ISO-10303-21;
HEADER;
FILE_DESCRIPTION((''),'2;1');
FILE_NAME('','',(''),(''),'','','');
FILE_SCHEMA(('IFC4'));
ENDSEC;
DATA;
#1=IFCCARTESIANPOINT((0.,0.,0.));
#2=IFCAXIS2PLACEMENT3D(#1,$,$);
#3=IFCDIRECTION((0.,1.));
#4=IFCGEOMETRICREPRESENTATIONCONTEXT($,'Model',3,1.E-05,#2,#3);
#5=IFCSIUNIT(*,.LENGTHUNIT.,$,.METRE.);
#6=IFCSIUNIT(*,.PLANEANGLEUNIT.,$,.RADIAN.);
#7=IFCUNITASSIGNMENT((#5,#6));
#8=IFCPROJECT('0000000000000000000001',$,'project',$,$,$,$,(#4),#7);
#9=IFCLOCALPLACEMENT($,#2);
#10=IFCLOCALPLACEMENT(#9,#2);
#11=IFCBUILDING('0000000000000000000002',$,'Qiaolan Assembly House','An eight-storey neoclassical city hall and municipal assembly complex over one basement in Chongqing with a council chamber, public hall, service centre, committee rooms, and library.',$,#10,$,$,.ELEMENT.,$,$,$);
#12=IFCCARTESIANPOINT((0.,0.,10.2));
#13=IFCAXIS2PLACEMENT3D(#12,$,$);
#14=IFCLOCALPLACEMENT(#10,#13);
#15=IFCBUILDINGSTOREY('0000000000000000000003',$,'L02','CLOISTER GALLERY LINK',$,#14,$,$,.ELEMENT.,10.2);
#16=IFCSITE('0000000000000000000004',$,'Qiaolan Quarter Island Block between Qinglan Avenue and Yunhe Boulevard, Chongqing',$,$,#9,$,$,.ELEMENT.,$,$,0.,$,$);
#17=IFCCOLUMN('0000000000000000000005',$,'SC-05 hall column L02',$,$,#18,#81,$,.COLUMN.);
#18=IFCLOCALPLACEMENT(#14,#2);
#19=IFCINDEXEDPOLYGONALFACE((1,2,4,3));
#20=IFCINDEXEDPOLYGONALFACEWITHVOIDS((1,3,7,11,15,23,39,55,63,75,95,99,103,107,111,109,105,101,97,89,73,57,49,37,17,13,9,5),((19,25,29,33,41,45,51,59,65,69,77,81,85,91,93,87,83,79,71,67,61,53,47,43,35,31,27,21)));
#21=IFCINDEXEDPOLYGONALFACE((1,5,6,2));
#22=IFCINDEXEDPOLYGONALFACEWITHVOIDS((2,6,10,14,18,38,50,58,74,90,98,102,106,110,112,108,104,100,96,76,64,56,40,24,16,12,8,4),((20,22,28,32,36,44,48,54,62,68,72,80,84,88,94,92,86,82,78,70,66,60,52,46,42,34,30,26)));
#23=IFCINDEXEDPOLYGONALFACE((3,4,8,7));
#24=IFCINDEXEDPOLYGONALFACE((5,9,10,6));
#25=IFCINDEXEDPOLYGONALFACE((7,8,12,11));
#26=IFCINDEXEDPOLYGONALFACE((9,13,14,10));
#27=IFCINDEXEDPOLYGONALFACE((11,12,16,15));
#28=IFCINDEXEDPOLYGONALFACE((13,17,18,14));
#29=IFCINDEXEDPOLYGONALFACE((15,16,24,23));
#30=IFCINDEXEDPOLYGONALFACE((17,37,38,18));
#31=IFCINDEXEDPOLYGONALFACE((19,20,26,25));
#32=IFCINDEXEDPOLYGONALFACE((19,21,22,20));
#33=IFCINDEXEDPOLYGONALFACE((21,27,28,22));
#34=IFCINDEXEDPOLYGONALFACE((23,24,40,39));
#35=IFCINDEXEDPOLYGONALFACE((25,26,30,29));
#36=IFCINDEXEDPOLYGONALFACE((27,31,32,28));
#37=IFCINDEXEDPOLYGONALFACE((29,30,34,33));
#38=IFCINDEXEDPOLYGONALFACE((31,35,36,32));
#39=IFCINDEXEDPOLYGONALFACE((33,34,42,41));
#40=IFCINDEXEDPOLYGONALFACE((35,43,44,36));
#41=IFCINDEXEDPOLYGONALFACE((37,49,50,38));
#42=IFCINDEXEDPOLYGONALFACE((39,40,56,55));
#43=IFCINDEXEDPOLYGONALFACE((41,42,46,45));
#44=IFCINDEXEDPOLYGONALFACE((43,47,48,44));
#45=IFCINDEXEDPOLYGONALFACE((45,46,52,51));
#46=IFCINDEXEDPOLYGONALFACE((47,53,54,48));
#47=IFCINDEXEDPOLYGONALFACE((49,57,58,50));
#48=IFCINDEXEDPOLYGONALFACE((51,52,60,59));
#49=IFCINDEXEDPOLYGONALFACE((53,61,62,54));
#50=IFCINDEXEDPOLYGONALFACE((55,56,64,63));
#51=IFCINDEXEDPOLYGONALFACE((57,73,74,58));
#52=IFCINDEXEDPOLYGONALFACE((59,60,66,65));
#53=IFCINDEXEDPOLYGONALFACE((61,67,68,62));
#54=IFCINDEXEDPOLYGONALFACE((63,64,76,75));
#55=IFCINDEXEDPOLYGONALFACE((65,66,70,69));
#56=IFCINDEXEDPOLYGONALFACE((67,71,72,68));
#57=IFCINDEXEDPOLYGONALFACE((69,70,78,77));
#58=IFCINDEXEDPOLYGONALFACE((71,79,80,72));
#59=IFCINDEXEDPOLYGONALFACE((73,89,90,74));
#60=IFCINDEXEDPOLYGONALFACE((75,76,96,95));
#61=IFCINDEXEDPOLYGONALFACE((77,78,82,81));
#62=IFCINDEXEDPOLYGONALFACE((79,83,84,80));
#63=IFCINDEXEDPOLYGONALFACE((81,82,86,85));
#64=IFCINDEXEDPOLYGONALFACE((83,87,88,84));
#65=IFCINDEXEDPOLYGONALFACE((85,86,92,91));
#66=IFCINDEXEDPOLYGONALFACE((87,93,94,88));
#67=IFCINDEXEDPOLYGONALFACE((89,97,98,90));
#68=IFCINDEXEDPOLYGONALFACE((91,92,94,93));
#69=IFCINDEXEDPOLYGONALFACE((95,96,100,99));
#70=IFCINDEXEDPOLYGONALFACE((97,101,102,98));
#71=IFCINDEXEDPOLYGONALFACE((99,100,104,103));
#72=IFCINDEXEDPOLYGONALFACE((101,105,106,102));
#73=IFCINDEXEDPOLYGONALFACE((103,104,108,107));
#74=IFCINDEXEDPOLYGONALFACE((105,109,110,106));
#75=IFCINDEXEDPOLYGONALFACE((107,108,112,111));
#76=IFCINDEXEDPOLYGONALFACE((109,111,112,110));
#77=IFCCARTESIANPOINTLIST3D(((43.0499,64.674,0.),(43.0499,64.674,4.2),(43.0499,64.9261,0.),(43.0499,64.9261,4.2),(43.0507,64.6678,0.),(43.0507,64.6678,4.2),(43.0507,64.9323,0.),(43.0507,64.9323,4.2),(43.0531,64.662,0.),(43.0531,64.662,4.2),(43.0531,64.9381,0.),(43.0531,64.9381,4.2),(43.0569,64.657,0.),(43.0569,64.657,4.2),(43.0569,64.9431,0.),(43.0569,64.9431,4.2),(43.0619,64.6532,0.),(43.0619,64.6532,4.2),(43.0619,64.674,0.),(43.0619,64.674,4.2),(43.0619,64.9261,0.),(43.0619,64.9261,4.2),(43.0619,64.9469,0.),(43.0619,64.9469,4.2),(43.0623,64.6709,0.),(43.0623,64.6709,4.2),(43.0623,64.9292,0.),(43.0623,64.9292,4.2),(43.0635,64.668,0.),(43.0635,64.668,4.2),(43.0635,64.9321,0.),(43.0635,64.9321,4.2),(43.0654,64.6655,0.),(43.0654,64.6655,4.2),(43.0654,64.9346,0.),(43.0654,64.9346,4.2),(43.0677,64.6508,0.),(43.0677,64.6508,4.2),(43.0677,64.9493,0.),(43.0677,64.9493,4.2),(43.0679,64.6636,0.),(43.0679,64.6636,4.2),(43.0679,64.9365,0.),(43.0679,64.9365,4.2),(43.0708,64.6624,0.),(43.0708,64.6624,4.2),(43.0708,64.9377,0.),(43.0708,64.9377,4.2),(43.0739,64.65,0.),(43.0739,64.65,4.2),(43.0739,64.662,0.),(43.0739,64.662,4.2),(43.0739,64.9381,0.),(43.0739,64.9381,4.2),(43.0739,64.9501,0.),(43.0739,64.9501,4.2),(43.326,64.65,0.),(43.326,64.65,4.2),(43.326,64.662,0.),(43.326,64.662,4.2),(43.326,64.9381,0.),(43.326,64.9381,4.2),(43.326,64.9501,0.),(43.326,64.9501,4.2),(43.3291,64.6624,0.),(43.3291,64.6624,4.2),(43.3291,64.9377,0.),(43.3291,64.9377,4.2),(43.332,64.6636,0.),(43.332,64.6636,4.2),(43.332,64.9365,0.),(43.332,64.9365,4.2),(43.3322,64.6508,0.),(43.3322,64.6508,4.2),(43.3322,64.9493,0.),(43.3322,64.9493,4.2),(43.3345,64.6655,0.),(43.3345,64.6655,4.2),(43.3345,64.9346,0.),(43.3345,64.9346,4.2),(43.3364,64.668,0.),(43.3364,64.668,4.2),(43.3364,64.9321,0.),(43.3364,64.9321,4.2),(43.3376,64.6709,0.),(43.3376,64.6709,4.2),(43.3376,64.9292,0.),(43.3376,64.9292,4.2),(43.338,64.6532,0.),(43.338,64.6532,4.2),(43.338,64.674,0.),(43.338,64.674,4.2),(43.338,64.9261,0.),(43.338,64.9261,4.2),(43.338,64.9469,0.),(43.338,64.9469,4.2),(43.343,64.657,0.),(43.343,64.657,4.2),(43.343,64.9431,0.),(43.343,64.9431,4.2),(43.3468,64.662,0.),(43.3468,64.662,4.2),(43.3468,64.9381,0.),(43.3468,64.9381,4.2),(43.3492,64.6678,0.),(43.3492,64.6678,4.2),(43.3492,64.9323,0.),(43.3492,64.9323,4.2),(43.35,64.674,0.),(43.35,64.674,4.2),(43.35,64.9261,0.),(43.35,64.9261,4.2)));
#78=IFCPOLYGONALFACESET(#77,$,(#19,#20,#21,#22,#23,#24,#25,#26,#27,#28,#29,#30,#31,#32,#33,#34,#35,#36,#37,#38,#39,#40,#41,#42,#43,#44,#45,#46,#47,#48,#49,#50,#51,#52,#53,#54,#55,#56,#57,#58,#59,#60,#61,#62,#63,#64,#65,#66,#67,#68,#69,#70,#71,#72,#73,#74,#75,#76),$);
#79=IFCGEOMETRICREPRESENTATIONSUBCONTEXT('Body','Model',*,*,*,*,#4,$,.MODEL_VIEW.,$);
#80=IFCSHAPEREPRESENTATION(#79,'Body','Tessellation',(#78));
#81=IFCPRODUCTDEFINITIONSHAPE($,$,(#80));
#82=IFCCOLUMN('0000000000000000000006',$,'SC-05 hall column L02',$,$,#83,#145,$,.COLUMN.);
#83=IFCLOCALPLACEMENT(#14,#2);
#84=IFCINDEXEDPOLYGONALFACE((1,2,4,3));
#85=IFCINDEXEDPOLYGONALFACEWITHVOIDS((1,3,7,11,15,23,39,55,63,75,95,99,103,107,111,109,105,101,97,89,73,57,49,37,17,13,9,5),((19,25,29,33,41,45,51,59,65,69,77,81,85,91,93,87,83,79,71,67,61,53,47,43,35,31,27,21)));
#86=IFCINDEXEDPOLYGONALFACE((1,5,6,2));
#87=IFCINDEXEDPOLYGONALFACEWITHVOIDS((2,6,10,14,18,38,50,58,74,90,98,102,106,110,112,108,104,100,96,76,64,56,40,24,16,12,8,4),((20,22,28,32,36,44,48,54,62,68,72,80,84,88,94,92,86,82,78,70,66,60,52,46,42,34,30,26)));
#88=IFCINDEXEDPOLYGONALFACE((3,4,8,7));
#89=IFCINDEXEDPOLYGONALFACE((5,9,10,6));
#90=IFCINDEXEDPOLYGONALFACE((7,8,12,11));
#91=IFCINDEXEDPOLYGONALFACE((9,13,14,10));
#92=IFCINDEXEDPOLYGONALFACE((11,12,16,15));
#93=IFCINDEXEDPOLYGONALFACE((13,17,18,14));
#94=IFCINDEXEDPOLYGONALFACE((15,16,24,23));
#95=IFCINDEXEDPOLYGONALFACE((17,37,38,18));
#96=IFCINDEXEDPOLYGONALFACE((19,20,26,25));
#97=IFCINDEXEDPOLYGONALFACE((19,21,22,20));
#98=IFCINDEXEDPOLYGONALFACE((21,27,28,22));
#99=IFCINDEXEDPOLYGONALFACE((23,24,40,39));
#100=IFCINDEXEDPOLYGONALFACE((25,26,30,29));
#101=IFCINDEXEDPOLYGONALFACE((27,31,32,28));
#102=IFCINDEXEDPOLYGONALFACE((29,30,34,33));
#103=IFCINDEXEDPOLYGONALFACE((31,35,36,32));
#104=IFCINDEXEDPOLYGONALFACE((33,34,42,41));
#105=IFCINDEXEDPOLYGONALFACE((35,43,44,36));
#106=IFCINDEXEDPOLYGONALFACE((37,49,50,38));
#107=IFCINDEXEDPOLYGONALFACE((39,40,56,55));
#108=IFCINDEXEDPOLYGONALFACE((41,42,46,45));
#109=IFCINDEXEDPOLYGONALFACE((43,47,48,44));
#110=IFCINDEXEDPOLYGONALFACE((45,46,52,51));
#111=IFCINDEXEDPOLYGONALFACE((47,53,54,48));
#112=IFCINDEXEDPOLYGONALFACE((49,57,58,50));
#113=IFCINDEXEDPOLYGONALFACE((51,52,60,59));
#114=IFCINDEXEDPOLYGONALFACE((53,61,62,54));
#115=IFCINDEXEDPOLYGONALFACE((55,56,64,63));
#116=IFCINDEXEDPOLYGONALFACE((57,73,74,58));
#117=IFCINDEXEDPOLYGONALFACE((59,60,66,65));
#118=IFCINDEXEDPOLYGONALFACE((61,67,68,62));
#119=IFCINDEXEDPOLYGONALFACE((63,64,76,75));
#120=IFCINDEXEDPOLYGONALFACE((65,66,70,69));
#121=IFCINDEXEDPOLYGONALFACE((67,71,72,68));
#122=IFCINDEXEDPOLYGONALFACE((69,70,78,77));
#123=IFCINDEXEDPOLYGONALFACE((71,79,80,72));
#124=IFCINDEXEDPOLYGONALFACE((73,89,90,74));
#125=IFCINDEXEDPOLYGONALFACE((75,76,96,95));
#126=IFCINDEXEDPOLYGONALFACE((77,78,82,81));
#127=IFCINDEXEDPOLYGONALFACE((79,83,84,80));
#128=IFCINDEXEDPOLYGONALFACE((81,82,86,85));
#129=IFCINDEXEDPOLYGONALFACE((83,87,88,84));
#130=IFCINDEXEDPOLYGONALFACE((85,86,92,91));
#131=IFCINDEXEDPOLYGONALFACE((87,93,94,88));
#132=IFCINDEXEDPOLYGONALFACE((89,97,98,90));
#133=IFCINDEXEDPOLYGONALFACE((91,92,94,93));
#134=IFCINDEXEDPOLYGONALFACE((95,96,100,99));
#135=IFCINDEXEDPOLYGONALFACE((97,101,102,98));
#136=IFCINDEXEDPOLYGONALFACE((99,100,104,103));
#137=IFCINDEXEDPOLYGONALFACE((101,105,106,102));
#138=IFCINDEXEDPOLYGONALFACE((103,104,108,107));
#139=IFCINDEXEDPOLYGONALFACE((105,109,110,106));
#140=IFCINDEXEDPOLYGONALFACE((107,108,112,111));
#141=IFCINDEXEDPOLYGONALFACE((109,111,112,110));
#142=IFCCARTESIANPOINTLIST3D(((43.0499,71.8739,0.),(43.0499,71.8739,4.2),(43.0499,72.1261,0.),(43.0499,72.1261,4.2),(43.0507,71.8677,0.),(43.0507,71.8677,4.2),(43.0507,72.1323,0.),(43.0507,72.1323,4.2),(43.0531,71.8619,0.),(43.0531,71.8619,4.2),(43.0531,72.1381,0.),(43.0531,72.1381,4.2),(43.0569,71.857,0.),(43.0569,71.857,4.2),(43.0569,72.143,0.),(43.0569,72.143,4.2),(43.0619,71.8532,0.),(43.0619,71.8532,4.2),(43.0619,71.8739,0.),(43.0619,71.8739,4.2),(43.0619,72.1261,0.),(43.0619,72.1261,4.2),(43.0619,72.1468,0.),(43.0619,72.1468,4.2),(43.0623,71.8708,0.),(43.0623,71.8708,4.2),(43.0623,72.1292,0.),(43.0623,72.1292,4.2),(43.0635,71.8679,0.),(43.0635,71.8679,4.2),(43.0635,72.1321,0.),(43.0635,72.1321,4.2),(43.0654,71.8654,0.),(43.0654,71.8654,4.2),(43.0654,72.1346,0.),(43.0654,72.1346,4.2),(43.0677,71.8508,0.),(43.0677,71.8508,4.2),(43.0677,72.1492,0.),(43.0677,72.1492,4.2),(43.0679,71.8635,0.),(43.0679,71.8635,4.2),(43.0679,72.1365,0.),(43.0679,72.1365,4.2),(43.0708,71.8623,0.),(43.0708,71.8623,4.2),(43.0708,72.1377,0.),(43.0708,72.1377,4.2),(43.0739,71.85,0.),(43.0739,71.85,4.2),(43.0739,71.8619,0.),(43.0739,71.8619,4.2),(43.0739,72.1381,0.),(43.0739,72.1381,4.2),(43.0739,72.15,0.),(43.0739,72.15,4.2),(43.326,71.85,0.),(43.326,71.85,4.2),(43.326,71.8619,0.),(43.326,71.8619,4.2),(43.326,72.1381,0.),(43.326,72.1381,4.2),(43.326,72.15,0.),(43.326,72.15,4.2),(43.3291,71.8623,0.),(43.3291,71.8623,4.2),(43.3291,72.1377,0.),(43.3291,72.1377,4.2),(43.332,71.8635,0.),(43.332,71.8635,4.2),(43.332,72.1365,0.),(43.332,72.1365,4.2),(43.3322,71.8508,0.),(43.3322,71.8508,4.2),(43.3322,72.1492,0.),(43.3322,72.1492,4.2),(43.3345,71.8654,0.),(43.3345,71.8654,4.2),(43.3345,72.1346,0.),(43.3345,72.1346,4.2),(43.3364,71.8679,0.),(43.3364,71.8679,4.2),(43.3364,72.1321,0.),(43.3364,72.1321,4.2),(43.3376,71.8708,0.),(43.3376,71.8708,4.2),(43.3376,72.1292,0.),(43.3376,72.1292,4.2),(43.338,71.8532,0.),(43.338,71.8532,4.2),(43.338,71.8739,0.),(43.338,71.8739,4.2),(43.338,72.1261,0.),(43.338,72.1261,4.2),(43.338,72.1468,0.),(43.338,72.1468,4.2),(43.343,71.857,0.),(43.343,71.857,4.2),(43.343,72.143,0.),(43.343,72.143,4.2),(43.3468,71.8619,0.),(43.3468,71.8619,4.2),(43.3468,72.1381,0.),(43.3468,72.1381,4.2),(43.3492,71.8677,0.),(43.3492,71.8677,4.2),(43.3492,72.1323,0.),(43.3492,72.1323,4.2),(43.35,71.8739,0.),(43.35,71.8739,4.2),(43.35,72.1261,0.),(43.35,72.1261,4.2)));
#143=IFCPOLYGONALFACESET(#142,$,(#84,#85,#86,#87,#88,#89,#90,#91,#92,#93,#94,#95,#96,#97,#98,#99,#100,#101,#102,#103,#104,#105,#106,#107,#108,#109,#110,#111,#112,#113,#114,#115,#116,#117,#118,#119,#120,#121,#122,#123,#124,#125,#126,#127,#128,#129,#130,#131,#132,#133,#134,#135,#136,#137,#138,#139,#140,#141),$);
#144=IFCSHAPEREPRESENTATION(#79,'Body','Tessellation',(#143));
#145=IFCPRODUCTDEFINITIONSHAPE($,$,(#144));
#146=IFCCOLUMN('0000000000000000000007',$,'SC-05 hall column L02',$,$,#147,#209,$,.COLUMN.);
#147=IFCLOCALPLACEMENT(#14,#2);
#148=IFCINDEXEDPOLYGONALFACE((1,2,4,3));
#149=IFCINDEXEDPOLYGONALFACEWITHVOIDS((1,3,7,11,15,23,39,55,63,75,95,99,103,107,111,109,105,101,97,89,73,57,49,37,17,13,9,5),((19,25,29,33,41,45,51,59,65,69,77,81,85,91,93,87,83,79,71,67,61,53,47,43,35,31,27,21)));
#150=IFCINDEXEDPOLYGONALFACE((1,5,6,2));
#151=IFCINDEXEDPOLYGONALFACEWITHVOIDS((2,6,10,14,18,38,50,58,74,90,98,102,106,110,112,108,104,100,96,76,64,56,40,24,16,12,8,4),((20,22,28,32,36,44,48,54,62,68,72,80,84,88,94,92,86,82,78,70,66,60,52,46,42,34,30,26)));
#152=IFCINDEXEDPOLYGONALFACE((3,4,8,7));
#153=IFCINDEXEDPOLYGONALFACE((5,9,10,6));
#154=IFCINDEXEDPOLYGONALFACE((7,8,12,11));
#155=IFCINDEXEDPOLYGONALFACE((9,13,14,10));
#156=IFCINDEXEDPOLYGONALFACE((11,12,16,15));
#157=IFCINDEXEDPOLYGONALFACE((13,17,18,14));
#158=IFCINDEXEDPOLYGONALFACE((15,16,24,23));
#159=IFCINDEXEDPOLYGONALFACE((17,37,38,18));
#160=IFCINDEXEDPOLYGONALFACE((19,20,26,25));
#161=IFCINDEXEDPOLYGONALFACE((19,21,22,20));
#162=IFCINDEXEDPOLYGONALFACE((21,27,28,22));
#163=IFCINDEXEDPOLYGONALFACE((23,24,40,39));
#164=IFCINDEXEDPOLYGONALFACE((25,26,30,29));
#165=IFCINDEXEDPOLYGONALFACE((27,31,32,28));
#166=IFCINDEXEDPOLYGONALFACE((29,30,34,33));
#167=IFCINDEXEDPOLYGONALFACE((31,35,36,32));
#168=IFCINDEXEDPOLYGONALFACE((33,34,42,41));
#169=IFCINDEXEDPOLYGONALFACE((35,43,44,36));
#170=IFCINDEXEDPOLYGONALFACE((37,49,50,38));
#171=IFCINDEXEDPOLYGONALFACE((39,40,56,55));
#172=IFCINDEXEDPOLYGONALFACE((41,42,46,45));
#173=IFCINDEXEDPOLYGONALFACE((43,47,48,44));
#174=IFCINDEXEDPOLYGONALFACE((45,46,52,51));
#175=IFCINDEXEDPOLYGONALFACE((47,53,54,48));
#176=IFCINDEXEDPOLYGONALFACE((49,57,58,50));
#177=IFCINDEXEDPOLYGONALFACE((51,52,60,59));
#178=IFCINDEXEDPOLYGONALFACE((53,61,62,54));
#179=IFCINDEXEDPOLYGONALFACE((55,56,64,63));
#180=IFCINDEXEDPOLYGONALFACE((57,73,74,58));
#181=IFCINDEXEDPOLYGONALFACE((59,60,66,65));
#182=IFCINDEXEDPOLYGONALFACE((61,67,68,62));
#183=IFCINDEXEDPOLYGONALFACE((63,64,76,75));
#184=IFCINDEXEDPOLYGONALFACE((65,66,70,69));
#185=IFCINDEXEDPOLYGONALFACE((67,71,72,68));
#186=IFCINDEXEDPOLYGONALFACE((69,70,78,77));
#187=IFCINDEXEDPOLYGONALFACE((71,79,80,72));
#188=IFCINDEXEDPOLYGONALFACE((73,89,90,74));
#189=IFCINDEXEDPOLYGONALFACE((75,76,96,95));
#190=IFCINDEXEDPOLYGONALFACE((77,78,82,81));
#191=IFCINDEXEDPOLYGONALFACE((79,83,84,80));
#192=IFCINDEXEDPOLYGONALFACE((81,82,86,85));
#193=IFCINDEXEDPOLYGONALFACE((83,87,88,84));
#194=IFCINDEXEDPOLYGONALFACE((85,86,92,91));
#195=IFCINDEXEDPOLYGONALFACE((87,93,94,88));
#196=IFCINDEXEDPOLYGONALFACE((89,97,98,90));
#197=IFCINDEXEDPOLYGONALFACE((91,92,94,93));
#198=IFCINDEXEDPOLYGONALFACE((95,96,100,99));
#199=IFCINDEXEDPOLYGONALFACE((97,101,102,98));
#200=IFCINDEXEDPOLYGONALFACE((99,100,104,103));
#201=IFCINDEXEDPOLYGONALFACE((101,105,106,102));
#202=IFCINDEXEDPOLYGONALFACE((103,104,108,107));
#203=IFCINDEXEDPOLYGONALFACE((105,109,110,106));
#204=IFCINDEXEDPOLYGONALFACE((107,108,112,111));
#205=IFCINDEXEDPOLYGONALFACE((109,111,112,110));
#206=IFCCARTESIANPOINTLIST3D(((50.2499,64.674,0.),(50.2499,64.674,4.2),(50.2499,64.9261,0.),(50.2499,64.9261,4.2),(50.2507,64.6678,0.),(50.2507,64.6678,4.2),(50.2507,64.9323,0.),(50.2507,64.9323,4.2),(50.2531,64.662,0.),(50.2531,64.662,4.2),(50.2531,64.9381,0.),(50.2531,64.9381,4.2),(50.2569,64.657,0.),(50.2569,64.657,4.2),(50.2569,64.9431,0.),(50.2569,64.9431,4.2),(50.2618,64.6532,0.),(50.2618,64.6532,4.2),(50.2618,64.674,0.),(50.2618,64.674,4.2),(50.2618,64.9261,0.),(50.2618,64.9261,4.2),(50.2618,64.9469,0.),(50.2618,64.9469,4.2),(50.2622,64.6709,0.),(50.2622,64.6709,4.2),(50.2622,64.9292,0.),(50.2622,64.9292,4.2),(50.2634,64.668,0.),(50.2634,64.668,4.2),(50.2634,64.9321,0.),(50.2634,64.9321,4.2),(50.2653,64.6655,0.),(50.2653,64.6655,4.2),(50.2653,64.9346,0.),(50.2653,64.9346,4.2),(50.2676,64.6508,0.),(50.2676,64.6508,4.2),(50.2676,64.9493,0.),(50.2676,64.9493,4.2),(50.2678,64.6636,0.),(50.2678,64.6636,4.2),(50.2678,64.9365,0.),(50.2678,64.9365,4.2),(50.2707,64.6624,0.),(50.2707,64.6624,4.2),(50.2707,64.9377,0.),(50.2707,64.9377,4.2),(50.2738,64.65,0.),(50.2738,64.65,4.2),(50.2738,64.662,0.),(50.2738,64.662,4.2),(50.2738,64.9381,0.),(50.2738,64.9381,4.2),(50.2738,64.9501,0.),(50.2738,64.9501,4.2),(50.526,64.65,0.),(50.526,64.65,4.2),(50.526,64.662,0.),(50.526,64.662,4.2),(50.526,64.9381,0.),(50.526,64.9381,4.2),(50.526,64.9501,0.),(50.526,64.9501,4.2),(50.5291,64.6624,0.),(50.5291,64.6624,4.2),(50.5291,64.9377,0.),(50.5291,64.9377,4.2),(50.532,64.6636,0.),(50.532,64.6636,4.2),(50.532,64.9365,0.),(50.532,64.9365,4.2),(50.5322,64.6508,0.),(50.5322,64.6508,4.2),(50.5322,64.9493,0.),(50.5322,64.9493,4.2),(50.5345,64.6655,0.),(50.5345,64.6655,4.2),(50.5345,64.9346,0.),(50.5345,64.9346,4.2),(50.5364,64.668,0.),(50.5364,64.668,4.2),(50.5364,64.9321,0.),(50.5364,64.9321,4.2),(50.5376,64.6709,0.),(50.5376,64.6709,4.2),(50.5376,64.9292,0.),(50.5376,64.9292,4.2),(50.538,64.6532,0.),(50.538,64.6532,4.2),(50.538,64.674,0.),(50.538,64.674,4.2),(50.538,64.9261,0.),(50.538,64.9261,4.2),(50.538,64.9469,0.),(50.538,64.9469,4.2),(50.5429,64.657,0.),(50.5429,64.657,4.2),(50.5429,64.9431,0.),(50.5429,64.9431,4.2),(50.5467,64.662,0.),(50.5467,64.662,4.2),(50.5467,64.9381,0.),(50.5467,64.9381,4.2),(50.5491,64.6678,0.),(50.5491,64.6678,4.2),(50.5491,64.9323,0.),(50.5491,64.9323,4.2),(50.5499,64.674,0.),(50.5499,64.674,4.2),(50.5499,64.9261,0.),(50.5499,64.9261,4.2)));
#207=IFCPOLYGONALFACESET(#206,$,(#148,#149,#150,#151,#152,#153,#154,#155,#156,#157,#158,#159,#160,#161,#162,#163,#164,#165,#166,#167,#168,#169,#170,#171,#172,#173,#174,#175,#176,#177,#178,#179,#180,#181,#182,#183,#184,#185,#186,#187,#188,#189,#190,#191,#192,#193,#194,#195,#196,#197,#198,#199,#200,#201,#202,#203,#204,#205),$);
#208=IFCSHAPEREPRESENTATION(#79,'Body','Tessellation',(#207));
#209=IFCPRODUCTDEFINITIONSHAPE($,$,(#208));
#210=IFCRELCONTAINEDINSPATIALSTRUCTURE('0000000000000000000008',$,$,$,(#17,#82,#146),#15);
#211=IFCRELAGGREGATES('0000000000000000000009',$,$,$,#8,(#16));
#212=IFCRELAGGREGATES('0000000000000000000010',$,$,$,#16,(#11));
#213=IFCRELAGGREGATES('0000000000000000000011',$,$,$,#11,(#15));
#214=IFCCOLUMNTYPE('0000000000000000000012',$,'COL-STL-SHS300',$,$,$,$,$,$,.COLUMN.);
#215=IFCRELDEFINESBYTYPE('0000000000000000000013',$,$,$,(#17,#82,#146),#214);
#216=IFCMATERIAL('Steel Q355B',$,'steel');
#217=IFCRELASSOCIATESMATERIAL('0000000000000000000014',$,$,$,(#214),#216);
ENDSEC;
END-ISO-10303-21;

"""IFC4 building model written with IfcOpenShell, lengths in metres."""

from ifc_helpers import new_model, si_unit, direction, frame, origin, origin_2d, place, context, subcontext, project, spatial, hollow_rectangle, extrude, material, material_profile, profile_set, type_object, element, save


model = new_model("IFC4")

# Units and contexts
model_context = context("Model", 3, precision=1e-05, world=origin(), true_north=direction((0.0, 1.0)))
body_context = subcontext(model_context, "Body", "Model", "MODEL_VIEW")
ifc_project = project(units=[si_unit("LENGTHUNIT", "METRE"), si_unit("PLANEANGLEUNIT", "RADIAN")], contexts=[model_context])

# Site, building, storey
site_placement = place(None, origin())
site = spatial("IfcSite", under=ifc_project, at=site_placement, Name="Qiaolan Quarter Island Block between Qinglan Avenue and Yunhe Boulevard, Chongqing", CompositionType="ELEMENT", RefElevation=0.0)
building_placement = place(site_placement, origin())
building = spatial("IfcBuilding", under=site, at=building_placement, Name="Qiaolan Assembly House", Description="An eight-storey neoclassical city hall and municipal assembly complex over one basement in Chongqing with a council chamber, public hall, service centre, committee rooms, and library.", CompositionType="ELEMENT")
storey_placement = place(building_placement, frame((0.0, 0.0, 10.2)))
storey = spatial("IfcBuildingStorey", under=building, at=storey_placement, Name="L02", Description="CLOISTER GALLERY LINK", CompositionType="ELEMENT", Elevation=10.2)

# Columns
ifc_material_1 = material(Name="Steel Q355B", Category="steel")
ifc_material_profile_1 = material_profile(ifc_material_1, hollow_rectangle(XDim=0.3, YDim=0.3, WallThickness=0.012, InnerFilletRadius=0.012, OuterFilletRadius=0.0239, at=origin_2d()), Name="SHS 300x300x12")
ifc_profile_set_1 = profile_set([ifc_material_profile_1], Name="Steel Q355B")
column_type = type_object("IfcColumnType", Name="COL-STL-SHS300", PredefinedType="COLUMN", material=ifc_profile_set_1)
for number, where, z_axis, x_axis, name in (
    (1, (43.2, 64.8, 0.0), (0.0, 0.0, 1.0), (1.0, 0.0, 0.0), "SC-05 hall column L02"),
    (2, (43.2, 72.0, 0.0), (0.0, 0.0, 1.0), (1.0, 0.0, 0.0), "SC-05 hall column L02"),
    (3, (50.3999, 64.8, 0.0), (0.0, 0.0, 1.0), (1.0, 0.0, 0.0), "SC-05 hall column L02"),
):
    element("IfcColumn", number, at=place(storey_placement, frame(where, z_axis=z_axis, x_axis=x_axis)), inside=storey, type_object=column_type, Name=name, PredefinedType="COLUMN", context=body_context, shape_type="SweptSolid", body=[
        extrude(hollow_rectangle(XDim=0.3, YDim=0.3, WallThickness=0.012, InnerFilletRadius=0.012, OuterFilletRadius=0.0239, at=origin_2d()), origin(), (0.0, 0.0, 1.0), 4.2),
    ])

save(model, "model.ifc")
